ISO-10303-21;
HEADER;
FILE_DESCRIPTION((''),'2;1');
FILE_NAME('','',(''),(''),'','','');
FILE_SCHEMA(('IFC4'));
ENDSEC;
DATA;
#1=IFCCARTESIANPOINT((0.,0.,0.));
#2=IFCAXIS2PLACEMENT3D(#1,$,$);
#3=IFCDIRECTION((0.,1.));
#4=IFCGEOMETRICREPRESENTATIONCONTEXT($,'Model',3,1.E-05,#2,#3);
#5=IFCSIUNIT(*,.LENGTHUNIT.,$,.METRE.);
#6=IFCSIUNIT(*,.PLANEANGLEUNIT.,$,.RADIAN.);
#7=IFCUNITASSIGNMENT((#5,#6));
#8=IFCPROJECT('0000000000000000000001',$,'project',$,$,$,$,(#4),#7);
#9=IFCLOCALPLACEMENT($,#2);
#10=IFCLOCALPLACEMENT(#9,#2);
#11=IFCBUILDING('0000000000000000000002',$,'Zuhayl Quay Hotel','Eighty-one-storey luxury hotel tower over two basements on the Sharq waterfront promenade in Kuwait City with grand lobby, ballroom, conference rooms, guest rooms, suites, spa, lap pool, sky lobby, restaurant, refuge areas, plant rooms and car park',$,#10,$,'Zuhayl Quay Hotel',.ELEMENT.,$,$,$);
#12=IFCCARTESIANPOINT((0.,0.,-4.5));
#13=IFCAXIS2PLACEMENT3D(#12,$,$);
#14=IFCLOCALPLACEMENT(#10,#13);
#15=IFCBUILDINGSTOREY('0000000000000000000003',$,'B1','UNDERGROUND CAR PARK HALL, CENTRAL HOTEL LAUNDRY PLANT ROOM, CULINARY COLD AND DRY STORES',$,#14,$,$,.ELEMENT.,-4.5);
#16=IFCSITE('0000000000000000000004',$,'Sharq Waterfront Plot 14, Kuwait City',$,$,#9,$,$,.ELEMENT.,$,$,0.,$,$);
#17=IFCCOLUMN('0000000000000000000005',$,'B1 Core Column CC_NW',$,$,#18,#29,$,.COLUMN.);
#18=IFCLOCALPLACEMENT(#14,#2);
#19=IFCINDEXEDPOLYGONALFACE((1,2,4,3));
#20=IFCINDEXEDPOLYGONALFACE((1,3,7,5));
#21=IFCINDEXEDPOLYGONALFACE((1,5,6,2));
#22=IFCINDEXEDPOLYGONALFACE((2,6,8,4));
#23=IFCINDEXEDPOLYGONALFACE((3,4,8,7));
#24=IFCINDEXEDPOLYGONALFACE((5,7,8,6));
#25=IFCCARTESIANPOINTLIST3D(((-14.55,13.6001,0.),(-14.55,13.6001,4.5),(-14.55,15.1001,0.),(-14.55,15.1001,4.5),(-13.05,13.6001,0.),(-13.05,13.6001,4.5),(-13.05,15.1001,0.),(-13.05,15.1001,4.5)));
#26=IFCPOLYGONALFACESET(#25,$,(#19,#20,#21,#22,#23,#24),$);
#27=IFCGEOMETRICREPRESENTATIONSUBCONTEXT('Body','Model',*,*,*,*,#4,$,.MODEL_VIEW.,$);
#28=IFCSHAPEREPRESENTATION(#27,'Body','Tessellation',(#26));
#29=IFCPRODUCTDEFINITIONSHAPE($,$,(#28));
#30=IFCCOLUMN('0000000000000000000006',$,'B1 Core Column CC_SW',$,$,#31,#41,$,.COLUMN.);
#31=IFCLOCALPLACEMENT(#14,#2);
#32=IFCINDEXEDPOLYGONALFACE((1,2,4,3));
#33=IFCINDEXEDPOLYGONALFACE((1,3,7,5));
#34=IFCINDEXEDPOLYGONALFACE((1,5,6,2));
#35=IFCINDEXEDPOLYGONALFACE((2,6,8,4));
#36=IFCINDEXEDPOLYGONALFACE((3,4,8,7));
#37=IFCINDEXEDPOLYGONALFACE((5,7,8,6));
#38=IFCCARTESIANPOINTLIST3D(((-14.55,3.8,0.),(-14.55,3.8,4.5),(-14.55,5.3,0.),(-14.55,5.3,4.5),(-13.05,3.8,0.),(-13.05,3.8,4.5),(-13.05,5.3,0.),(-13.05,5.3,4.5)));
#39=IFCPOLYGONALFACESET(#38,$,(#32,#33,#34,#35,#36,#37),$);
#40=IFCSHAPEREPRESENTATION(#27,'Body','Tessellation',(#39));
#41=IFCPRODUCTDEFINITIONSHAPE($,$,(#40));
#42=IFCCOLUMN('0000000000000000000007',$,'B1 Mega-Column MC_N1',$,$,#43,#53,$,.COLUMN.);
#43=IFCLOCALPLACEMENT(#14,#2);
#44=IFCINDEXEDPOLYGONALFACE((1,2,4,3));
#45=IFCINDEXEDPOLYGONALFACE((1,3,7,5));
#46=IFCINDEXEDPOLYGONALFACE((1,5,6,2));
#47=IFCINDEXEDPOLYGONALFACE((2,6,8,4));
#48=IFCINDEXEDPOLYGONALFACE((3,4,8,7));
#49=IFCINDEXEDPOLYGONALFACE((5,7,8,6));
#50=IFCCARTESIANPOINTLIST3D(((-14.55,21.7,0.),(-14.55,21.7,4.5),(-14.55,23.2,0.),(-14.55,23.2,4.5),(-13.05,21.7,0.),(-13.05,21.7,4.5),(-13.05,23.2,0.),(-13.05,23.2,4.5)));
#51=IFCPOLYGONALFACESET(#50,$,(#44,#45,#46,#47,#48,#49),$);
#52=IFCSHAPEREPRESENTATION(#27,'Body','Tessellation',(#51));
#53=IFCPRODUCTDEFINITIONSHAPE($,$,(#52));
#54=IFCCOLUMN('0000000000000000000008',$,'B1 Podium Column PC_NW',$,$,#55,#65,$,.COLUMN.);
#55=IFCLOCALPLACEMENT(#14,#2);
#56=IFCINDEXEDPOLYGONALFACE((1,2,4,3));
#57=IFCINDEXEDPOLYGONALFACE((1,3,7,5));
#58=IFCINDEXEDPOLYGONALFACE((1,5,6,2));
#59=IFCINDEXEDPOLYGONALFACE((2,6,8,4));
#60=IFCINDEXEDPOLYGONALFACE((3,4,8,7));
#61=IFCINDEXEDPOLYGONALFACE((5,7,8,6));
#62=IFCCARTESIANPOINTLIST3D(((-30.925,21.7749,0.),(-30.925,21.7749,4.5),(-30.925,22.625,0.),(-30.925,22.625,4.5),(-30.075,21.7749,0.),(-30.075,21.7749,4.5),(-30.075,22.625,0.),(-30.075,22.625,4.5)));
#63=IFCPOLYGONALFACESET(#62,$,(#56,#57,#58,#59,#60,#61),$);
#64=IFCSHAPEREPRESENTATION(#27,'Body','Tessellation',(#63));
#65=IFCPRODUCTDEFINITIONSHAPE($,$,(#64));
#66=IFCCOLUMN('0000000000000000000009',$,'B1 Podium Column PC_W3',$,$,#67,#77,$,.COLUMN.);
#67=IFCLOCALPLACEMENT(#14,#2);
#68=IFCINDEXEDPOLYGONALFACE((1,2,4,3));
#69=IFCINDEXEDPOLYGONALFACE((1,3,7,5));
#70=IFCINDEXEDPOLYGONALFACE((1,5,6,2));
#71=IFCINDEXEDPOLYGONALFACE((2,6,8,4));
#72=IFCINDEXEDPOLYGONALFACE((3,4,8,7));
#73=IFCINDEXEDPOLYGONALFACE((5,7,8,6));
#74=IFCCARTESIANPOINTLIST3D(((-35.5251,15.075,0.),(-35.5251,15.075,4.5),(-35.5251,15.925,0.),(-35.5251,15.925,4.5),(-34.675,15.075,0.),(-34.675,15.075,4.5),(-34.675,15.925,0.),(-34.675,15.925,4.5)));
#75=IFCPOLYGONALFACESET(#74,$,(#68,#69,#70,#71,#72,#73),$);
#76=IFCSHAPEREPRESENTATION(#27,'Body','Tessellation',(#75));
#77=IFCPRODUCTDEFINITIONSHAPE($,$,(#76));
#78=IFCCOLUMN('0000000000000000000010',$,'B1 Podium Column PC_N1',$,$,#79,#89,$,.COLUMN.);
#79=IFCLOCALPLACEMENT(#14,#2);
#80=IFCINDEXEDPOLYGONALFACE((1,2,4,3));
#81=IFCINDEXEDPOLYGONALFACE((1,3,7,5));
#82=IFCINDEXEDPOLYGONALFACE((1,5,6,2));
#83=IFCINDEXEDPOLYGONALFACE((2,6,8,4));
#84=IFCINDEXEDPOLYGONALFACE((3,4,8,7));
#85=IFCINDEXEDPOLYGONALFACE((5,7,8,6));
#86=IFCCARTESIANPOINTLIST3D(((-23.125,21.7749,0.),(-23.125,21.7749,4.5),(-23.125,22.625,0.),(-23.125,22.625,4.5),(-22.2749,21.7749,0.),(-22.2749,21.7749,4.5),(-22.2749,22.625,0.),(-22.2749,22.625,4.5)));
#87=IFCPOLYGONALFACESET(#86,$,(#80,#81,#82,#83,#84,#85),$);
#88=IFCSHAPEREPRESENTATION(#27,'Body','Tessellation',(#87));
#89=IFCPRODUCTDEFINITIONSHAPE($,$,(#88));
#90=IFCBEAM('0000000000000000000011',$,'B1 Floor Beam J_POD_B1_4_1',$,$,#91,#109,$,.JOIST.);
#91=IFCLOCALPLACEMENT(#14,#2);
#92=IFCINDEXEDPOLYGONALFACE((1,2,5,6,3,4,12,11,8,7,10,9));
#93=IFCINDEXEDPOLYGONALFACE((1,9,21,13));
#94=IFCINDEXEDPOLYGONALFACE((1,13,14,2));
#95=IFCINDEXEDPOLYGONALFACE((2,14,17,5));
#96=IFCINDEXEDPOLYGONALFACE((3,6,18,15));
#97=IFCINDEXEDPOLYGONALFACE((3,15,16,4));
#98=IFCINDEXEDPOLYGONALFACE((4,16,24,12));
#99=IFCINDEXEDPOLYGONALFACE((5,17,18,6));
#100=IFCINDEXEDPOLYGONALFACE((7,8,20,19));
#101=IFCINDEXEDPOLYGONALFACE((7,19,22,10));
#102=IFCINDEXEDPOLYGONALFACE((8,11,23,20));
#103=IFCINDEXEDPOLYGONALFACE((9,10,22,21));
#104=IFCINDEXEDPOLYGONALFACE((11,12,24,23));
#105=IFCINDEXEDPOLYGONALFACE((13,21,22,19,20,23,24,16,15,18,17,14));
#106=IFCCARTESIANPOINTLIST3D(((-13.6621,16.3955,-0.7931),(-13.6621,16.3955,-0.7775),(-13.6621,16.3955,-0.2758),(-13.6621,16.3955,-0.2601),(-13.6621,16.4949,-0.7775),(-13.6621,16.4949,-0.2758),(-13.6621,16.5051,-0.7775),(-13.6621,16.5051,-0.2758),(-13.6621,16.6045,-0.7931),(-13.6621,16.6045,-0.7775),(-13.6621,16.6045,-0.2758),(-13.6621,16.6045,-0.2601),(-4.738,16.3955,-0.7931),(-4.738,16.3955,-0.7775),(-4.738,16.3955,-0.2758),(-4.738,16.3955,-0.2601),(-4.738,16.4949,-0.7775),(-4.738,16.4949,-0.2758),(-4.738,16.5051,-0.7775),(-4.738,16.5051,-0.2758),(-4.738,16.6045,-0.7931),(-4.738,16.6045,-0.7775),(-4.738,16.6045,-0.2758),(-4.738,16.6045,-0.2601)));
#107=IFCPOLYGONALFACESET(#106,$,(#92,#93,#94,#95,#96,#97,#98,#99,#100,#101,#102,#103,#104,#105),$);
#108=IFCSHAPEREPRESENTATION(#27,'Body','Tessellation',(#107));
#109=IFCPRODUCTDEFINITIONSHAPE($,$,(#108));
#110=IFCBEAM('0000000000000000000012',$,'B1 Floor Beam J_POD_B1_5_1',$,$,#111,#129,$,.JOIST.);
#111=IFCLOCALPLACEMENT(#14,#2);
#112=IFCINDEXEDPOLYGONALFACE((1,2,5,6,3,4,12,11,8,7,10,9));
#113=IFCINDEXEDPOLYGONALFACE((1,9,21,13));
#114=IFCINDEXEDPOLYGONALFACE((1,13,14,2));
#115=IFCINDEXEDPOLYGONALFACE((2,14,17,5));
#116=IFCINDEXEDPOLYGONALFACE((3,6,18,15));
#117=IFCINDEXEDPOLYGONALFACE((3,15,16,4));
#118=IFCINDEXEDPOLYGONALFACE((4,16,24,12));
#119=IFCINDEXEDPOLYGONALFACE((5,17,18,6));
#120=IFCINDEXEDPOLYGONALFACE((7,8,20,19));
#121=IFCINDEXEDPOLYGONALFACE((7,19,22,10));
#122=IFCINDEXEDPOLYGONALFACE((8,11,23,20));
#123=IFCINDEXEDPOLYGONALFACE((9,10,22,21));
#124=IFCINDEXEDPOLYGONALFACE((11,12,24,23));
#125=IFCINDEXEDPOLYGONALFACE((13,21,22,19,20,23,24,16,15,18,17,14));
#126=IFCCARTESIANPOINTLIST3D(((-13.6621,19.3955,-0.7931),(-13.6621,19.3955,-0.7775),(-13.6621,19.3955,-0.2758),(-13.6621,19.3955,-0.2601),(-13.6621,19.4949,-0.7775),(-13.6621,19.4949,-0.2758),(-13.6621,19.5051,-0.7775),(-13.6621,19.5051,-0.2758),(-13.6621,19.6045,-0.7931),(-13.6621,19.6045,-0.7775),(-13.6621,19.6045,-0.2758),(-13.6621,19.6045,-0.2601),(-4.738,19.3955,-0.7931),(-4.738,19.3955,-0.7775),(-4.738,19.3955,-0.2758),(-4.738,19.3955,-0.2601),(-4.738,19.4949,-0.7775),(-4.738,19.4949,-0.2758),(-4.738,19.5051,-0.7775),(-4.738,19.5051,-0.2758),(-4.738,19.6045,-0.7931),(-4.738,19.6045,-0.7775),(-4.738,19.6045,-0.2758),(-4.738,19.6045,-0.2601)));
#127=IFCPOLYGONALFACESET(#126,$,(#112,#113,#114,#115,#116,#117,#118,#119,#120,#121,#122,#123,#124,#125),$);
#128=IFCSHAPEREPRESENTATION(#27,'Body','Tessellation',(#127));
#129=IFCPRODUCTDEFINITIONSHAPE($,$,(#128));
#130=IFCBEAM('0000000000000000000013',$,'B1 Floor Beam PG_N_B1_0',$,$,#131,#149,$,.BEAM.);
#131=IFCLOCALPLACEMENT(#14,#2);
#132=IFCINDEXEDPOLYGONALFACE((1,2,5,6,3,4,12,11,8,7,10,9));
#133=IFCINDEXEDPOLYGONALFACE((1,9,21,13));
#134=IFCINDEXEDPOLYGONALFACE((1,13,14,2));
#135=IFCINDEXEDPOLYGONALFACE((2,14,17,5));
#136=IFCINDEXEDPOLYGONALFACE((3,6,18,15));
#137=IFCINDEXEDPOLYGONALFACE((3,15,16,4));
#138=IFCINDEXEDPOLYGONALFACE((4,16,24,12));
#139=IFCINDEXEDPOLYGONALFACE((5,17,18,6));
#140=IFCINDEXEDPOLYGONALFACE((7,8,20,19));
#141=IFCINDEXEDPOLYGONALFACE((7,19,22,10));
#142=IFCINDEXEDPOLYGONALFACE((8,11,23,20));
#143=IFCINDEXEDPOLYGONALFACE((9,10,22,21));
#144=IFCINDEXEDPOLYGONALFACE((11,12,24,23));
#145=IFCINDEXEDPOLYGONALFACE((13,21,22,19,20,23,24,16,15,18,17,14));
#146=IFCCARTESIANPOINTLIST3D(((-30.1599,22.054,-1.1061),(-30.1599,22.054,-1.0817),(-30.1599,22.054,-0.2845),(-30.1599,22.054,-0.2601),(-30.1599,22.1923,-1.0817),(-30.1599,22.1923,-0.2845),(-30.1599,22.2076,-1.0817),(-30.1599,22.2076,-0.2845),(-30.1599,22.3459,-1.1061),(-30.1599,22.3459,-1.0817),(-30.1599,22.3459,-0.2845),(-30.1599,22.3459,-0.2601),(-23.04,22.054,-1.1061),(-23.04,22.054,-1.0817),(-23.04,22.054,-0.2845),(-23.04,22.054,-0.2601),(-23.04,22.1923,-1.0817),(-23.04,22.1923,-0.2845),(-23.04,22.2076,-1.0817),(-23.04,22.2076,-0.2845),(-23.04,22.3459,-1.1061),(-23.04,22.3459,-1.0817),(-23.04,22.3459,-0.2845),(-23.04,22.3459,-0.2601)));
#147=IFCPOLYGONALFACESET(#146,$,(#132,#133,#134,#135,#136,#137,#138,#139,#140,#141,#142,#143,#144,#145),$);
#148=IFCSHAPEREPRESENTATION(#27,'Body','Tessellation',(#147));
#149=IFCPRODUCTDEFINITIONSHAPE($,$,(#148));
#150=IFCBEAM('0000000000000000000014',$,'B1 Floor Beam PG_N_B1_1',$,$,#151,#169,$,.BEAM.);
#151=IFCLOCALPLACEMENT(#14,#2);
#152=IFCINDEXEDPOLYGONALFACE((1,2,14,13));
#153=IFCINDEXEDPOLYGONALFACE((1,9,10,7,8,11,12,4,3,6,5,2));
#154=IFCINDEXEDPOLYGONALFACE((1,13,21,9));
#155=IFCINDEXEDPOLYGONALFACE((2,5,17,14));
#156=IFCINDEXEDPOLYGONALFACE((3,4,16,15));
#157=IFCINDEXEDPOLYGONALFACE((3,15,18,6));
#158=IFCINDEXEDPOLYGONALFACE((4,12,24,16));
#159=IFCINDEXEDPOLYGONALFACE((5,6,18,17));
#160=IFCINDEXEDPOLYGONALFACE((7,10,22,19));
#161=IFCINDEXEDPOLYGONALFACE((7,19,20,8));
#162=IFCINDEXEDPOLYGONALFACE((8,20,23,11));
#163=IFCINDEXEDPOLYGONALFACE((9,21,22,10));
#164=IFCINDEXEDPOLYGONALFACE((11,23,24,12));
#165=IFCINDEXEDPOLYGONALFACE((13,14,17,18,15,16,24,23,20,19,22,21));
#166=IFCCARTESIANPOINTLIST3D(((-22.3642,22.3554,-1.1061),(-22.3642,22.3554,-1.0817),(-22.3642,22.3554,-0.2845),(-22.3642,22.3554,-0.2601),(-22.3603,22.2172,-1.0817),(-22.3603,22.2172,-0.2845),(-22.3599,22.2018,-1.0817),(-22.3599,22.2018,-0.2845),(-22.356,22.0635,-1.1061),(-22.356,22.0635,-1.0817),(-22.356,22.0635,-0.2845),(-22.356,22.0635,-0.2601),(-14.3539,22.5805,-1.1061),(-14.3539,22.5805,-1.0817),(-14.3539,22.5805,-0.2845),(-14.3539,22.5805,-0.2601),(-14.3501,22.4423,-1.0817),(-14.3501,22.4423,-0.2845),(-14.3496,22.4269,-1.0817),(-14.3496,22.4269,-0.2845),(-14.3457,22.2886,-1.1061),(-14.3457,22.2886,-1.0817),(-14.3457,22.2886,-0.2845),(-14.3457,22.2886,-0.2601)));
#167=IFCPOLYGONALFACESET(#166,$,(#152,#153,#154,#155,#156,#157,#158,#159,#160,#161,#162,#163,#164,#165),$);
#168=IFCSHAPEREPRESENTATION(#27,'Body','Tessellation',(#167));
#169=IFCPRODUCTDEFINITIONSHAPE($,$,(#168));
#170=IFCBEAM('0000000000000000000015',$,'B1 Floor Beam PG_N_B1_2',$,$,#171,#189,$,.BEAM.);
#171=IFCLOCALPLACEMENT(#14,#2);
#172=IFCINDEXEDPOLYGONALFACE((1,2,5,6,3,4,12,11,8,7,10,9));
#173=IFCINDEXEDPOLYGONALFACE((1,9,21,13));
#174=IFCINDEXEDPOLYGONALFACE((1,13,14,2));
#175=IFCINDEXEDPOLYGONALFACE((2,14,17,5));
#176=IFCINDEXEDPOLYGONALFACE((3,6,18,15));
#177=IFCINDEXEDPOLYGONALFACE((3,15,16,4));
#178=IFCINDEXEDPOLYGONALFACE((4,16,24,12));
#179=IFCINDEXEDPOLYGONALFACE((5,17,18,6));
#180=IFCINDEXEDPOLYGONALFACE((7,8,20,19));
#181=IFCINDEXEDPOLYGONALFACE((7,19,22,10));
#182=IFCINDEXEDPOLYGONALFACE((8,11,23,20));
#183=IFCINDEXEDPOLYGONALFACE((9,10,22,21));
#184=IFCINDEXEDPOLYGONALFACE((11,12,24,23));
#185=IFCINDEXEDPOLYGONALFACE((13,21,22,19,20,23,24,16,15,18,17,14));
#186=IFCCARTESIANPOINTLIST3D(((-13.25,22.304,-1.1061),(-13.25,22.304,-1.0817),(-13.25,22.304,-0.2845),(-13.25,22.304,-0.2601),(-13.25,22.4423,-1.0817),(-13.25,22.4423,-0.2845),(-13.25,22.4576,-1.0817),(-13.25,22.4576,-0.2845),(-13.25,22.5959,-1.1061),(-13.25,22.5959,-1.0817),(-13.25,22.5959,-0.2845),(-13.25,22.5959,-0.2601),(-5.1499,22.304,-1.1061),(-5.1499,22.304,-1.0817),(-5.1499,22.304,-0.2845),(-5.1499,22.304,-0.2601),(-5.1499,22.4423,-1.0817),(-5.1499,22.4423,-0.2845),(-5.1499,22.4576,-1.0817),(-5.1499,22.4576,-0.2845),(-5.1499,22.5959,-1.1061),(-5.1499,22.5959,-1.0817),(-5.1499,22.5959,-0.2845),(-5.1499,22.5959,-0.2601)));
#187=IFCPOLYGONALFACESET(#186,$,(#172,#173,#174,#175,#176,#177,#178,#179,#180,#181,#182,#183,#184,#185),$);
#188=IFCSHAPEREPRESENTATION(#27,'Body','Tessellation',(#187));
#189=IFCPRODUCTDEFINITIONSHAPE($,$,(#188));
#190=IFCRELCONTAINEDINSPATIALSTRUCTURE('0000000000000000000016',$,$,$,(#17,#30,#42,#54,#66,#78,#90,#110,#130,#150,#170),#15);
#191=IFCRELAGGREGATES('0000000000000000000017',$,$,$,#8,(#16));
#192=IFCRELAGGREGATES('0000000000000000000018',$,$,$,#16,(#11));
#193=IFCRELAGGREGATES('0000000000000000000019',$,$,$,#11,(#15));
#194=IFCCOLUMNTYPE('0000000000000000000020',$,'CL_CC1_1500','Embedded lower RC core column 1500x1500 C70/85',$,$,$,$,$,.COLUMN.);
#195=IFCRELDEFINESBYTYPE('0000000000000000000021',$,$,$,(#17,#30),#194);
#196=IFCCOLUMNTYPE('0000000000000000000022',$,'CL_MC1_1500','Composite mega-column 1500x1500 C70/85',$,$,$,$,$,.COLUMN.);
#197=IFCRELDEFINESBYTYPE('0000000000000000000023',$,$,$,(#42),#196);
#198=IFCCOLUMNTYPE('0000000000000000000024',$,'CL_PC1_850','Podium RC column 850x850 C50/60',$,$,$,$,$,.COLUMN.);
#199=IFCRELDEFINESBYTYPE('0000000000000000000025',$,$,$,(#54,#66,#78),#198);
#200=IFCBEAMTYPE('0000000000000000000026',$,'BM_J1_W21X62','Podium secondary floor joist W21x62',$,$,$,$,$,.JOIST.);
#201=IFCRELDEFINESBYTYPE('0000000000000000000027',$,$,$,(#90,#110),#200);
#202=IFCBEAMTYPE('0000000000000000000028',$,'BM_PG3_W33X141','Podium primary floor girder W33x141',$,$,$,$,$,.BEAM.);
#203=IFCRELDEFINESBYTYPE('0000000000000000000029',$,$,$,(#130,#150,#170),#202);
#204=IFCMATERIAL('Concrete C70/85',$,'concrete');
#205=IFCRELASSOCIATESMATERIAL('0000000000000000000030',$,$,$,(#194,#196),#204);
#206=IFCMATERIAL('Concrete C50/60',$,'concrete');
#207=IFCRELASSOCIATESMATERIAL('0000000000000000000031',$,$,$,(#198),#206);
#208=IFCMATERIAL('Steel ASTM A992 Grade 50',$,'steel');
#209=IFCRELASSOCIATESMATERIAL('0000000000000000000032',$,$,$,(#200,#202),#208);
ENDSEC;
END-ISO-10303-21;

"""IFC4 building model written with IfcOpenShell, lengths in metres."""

from ifc_helpers import new_model, si_unit, direction, frame, origin, origin_2d, place, context, subcontext, project, spatial, rectangle, i_section, extrude, material, material_profile, profile_set, type_object, element, save


model = new_model("IFC4")

# Units and contexts
model_context = context("Model", 3, precision=1e-05, world=origin(), true_north=direction((0.0, 1.0)))
body_context = subcontext(model_context, "Body", "Model", "MODEL_VIEW")
ifc_project = project(units=[si_unit("LENGTHUNIT", "METRE"), si_unit("PLANEANGLEUNIT", "RADIAN")], contexts=[model_context])

# Site, building, storey
site_placement = place(None, origin())
site = spatial("IfcSite", under=ifc_project, at=site_placement, Name="Sharq Waterfront Plot 14, Kuwait City", CompositionType="ELEMENT", RefElevation=0.0)
building_placement = place(site_placement, origin())
building = spatial("IfcBuilding", under=site, at=building_placement, Name="Zuhayl Quay Hotel", Description="Eighty-one-storey luxury hotel tower over two basements on the Sharq waterfront promenade in Kuwait City with grand lobby, ballroom, conference rooms, guest rooms, suites, spa, lap pool, sky lobby, restaurant, refuge areas, plant rooms and car park", LongName="Zuhayl Quay Hotel", CompositionType="ELEMENT")
storey_placement = place(building_placement, frame((0.0, 0.0, -4.5)))
storey = spatial("IfcBuildingStorey", under=building, at=storey_placement, Name="B1", Description="UNDERGROUND CAR PARK HALL, CENTRAL HOTEL LAUNDRY PLANT ROOM, CULINARY COLD AND DRY STORES", CompositionType="ELEMENT", Elevation=-4.5)

# Columns
ifc_material_1 = material(Name="Concrete C70/85", Category="concrete")
ifc_material_profile_1 = material_profile(ifc_material_1, rectangle(XDim=1.5, YDim=1.5, at=origin_2d()), Name="RC1500X1500")
ifc_profile_set_1 = profile_set([ifc_material_profile_1], Name="Concrete C70/85")
column_type_1 = type_object("IfcColumnType", Name="CL_CC1_1500", Description="Embedded lower RC core column 1500x1500 C70/85", PredefinedType="COLUMN", material=ifc_profile_set_1)
for number, where, z_axis, x_axis, name in (
    (1, (-13.8, 14.3501, 0.0), (0.0, 0.0, 1.0), (1.0, 0.0, 0.0), "B1 Core Column CC_NW"),
    (2, (-13.8, 4.55, 0.0), (0.0, 0.0, 1.0), (1.0, 0.0, 0.0), "B1 Core Column CC_SW"),
):
    element("IfcColumn", number, at=place(storey_placement, frame(where, z_axis=z_axis, x_axis=x_axis)), inside=storey, type_object=column_type_1, Name=name, PredefinedType="COLUMN", context=body_context, shape_type="SweptSolid", body=[
        extrude(rectangle(XDim=1.5, YDim=1.5, at=origin_2d()), origin(), (0.0, 0.0, 1.0), 4.5),
    ])
ifc_material_profile_2 = material_profile(ifc_material_1, rectangle(XDim=1.5, YDim=1.5, at=origin_2d()), Name="RC1500X1500")
ifc_profile_set_2 = profile_set([ifc_material_profile_2], Name="Concrete C70/85")
column_type_2 = type_object("IfcColumnType", Name="CL_MC1_1500", Description="Composite mega-column 1500x1500 C70/85", PredefinedType="COLUMN", material=ifc_profile_set_2)
column_placement = place(storey_placement, frame((-13.8, 22.45, 0.0), z_axis=(0.0, 0.0, 1.0), x_axis=(1.0, 0.0, 0.0)))
element("IfcColumn", 3, at=column_placement, inside=storey, type_object=column_type_2, Name="B1 Mega-Column MC_N1", PredefinedType="COLUMN", context=body_context, shape_type="SweptSolid", body=[
    extrude(rectangle(XDim=1.5, YDim=1.5, at=origin_2d()), origin(), (0.0, 0.0, 1.0), 4.5),
])
ifc_material_2 = material(Name="Concrete C50/60", Category="concrete")
ifc_material_profile_3 = material_profile(ifc_material_2, rectangle(XDim=0.8501, YDim=0.8501, at=origin_2d()), Name="RC850X850")
ifc_profile_set_3 = profile_set([ifc_material_profile_3], Name="Concrete C50/60")
column_type_3 = type_object("IfcColumnType", Name="CL_PC1_850", Description="Podium RC column 850x850 C50/60", PredefinedType="COLUMN", material=ifc_profile_set_3)
for number, where, z_axis, x_axis, name in (
    (4, (-30.5, 22.2, 0.0), (0.0, 0.0, 1.0), (1.0, 0.0, 0.0), "B1 Podium Column PC_NW"),
    (5, (-35.1001, 15.5, 0.0), (0.0, 0.0, 1.0), (1.0, 0.0, 0.0), "B1 Podium Column PC_W3"),
    (6, (-22.7, 22.2, 0.0), (0.0, 0.0, 1.0), (1.0, 0.0, 0.0), "B1 Podium Column PC_N1"),
):
    element("IfcColumn", number, at=place(storey_placement, frame(where, z_axis=z_axis, x_axis=x_axis)), inside=storey, type_object=column_type_3, Name=name, PredefinedType="COLUMN", context=body_context, shape_type="SweptSolid", body=[
        extrude(rectangle(XDim=0.8501, YDim=0.8501, at=origin_2d()), origin(), (0.0, 0.0, 1.0), 4.5),
    ])

# Beams
ifc_material_3 = material(Name="Steel ASTM A992 Grade 50", Category="steel")
ifc_material_profile_4 = material_profile(ifc_material_3, i_section(OverallWidth=0.209, OverallDepth=0.533, WebThickness=0.0103, FlangeThickness=0.0156, at=origin_2d()), Name="W21X62")
ifc_profile_set_4 = profile_set([ifc_material_profile_4], Name="Steel ASTM A992 Grade 50")
beam_type_1 = type_object("IfcBeamType", Name="BM_J1_W21X62", Description="Podium secondary floor joist W21x62", PredefinedType="JOIST", material=ifc_profile_set_4)
for number, where, z_axis, x_axis, name in (
    (7, (-13.6621, 16.5, -0.5266), (1.0, 0.0, 0.0), (0.0, 1.0, 0.0), "B1 Floor Beam J_POD_B1_4_1"),
    (8, (-13.6621, 19.5, -0.5266), (1.0, 0.0, 0.0), (0.0, 1.0, 0.0), "B1 Floor Beam J_POD_B1_5_1"),
):
    element("IfcBeam", number, at=place(storey_placement, frame(where, z_axis=z_axis, x_axis=x_axis)), inside=storey, type_object=beam_type_1, Name=name, PredefinedType="JOIST", context=body_context, shape_type="SweptSolid", body=[
        extrude(i_section(OverallWidth=0.209, OverallDepth=0.533, WebThickness=0.0103, FlangeThickness=0.0156, at=origin_2d()), origin(), (0.0, 0.0, 1.0), 8.9241),
    ])
ifc_material_profile_5 = material_profile(ifc_material_3, i_section(OverallWidth=0.292, OverallDepth=0.8459, WebThickness=0.0154, FlangeThickness=0.0244, at=origin_2d()), Name="W33X141")
ifc_profile_set_5 = profile_set([ifc_material_profile_5], Name="Steel ASTM A992 Grade 50")
beam_type_2 = type_object("IfcBeamType", Name="BM_PG3_W33X141", Description="Podium primary floor girder W33x141", PredefinedType="BEAM", material=ifc_profile_set_5)
beam_1_placement = place(storey_placement, frame((-30.1599, 22.2, -0.6831), z_axis=(1.0, 0.0, 0.0), x_axis=(0.0, 1.0, 0.0)))
element("IfcBeam", 9, at=beam_1_placement, inside=storey, type_object=beam_type_2, Name="B1 Floor Beam PG_N_B1_0", PredefinedType="BEAM", context=body_context, shape_type="SweptSolid", body=[
    extrude(i_section(OverallWidth=0.292, OverallDepth=0.8459, WebThickness=0.0154, FlangeThickness=0.0244, at=origin_2d()), origin(), (0.0, 0.0, 1.0), 7.1199),
])
beam_2_placement = place(storey_placement, frame((-22.3601, 22.2095, -0.6831), z_axis=(0.999605, 0.02809, 0.0), x_axis=(-0.02809, 0.999605, 0.0)))
element("IfcBeam", 10, at=beam_2_placement, inside=storey, type_object=beam_type_2, Name="B1 Floor Beam PG_N_B1_1", PredefinedType="BEAM", context=body_context, shape_type="SweptSolid", body=[
    extrude(i_section(OverallWidth=0.292, OverallDepth=0.8459, WebThickness=0.0154, FlangeThickness=0.0244, at=origin_2d()), origin(), (0.0, 0.0, 1.0), 8.0134),
])
beam_3_placement = place(storey_placement, frame((-13.25, 22.45, -0.6831), z_axis=(1.0, 0.0, 0.0), x_axis=(0.0, 1.0, 0.0)))
element("IfcBeam", 11, at=beam_3_placement, inside=storey, type_object=beam_type_2, Name="B1 Floor Beam PG_N_B1_2", PredefinedType="BEAM", context=body_context, shape_type="SweptSolid", body=[
    extrude(i_section(OverallWidth=0.292, OverallDepth=0.8459, WebThickness=0.0154, FlangeThickness=0.0244, at=origin_2d()), origin(), (0.0, 0.0, 1.0), 8.1001),
])

save(model, "model.ifc")
